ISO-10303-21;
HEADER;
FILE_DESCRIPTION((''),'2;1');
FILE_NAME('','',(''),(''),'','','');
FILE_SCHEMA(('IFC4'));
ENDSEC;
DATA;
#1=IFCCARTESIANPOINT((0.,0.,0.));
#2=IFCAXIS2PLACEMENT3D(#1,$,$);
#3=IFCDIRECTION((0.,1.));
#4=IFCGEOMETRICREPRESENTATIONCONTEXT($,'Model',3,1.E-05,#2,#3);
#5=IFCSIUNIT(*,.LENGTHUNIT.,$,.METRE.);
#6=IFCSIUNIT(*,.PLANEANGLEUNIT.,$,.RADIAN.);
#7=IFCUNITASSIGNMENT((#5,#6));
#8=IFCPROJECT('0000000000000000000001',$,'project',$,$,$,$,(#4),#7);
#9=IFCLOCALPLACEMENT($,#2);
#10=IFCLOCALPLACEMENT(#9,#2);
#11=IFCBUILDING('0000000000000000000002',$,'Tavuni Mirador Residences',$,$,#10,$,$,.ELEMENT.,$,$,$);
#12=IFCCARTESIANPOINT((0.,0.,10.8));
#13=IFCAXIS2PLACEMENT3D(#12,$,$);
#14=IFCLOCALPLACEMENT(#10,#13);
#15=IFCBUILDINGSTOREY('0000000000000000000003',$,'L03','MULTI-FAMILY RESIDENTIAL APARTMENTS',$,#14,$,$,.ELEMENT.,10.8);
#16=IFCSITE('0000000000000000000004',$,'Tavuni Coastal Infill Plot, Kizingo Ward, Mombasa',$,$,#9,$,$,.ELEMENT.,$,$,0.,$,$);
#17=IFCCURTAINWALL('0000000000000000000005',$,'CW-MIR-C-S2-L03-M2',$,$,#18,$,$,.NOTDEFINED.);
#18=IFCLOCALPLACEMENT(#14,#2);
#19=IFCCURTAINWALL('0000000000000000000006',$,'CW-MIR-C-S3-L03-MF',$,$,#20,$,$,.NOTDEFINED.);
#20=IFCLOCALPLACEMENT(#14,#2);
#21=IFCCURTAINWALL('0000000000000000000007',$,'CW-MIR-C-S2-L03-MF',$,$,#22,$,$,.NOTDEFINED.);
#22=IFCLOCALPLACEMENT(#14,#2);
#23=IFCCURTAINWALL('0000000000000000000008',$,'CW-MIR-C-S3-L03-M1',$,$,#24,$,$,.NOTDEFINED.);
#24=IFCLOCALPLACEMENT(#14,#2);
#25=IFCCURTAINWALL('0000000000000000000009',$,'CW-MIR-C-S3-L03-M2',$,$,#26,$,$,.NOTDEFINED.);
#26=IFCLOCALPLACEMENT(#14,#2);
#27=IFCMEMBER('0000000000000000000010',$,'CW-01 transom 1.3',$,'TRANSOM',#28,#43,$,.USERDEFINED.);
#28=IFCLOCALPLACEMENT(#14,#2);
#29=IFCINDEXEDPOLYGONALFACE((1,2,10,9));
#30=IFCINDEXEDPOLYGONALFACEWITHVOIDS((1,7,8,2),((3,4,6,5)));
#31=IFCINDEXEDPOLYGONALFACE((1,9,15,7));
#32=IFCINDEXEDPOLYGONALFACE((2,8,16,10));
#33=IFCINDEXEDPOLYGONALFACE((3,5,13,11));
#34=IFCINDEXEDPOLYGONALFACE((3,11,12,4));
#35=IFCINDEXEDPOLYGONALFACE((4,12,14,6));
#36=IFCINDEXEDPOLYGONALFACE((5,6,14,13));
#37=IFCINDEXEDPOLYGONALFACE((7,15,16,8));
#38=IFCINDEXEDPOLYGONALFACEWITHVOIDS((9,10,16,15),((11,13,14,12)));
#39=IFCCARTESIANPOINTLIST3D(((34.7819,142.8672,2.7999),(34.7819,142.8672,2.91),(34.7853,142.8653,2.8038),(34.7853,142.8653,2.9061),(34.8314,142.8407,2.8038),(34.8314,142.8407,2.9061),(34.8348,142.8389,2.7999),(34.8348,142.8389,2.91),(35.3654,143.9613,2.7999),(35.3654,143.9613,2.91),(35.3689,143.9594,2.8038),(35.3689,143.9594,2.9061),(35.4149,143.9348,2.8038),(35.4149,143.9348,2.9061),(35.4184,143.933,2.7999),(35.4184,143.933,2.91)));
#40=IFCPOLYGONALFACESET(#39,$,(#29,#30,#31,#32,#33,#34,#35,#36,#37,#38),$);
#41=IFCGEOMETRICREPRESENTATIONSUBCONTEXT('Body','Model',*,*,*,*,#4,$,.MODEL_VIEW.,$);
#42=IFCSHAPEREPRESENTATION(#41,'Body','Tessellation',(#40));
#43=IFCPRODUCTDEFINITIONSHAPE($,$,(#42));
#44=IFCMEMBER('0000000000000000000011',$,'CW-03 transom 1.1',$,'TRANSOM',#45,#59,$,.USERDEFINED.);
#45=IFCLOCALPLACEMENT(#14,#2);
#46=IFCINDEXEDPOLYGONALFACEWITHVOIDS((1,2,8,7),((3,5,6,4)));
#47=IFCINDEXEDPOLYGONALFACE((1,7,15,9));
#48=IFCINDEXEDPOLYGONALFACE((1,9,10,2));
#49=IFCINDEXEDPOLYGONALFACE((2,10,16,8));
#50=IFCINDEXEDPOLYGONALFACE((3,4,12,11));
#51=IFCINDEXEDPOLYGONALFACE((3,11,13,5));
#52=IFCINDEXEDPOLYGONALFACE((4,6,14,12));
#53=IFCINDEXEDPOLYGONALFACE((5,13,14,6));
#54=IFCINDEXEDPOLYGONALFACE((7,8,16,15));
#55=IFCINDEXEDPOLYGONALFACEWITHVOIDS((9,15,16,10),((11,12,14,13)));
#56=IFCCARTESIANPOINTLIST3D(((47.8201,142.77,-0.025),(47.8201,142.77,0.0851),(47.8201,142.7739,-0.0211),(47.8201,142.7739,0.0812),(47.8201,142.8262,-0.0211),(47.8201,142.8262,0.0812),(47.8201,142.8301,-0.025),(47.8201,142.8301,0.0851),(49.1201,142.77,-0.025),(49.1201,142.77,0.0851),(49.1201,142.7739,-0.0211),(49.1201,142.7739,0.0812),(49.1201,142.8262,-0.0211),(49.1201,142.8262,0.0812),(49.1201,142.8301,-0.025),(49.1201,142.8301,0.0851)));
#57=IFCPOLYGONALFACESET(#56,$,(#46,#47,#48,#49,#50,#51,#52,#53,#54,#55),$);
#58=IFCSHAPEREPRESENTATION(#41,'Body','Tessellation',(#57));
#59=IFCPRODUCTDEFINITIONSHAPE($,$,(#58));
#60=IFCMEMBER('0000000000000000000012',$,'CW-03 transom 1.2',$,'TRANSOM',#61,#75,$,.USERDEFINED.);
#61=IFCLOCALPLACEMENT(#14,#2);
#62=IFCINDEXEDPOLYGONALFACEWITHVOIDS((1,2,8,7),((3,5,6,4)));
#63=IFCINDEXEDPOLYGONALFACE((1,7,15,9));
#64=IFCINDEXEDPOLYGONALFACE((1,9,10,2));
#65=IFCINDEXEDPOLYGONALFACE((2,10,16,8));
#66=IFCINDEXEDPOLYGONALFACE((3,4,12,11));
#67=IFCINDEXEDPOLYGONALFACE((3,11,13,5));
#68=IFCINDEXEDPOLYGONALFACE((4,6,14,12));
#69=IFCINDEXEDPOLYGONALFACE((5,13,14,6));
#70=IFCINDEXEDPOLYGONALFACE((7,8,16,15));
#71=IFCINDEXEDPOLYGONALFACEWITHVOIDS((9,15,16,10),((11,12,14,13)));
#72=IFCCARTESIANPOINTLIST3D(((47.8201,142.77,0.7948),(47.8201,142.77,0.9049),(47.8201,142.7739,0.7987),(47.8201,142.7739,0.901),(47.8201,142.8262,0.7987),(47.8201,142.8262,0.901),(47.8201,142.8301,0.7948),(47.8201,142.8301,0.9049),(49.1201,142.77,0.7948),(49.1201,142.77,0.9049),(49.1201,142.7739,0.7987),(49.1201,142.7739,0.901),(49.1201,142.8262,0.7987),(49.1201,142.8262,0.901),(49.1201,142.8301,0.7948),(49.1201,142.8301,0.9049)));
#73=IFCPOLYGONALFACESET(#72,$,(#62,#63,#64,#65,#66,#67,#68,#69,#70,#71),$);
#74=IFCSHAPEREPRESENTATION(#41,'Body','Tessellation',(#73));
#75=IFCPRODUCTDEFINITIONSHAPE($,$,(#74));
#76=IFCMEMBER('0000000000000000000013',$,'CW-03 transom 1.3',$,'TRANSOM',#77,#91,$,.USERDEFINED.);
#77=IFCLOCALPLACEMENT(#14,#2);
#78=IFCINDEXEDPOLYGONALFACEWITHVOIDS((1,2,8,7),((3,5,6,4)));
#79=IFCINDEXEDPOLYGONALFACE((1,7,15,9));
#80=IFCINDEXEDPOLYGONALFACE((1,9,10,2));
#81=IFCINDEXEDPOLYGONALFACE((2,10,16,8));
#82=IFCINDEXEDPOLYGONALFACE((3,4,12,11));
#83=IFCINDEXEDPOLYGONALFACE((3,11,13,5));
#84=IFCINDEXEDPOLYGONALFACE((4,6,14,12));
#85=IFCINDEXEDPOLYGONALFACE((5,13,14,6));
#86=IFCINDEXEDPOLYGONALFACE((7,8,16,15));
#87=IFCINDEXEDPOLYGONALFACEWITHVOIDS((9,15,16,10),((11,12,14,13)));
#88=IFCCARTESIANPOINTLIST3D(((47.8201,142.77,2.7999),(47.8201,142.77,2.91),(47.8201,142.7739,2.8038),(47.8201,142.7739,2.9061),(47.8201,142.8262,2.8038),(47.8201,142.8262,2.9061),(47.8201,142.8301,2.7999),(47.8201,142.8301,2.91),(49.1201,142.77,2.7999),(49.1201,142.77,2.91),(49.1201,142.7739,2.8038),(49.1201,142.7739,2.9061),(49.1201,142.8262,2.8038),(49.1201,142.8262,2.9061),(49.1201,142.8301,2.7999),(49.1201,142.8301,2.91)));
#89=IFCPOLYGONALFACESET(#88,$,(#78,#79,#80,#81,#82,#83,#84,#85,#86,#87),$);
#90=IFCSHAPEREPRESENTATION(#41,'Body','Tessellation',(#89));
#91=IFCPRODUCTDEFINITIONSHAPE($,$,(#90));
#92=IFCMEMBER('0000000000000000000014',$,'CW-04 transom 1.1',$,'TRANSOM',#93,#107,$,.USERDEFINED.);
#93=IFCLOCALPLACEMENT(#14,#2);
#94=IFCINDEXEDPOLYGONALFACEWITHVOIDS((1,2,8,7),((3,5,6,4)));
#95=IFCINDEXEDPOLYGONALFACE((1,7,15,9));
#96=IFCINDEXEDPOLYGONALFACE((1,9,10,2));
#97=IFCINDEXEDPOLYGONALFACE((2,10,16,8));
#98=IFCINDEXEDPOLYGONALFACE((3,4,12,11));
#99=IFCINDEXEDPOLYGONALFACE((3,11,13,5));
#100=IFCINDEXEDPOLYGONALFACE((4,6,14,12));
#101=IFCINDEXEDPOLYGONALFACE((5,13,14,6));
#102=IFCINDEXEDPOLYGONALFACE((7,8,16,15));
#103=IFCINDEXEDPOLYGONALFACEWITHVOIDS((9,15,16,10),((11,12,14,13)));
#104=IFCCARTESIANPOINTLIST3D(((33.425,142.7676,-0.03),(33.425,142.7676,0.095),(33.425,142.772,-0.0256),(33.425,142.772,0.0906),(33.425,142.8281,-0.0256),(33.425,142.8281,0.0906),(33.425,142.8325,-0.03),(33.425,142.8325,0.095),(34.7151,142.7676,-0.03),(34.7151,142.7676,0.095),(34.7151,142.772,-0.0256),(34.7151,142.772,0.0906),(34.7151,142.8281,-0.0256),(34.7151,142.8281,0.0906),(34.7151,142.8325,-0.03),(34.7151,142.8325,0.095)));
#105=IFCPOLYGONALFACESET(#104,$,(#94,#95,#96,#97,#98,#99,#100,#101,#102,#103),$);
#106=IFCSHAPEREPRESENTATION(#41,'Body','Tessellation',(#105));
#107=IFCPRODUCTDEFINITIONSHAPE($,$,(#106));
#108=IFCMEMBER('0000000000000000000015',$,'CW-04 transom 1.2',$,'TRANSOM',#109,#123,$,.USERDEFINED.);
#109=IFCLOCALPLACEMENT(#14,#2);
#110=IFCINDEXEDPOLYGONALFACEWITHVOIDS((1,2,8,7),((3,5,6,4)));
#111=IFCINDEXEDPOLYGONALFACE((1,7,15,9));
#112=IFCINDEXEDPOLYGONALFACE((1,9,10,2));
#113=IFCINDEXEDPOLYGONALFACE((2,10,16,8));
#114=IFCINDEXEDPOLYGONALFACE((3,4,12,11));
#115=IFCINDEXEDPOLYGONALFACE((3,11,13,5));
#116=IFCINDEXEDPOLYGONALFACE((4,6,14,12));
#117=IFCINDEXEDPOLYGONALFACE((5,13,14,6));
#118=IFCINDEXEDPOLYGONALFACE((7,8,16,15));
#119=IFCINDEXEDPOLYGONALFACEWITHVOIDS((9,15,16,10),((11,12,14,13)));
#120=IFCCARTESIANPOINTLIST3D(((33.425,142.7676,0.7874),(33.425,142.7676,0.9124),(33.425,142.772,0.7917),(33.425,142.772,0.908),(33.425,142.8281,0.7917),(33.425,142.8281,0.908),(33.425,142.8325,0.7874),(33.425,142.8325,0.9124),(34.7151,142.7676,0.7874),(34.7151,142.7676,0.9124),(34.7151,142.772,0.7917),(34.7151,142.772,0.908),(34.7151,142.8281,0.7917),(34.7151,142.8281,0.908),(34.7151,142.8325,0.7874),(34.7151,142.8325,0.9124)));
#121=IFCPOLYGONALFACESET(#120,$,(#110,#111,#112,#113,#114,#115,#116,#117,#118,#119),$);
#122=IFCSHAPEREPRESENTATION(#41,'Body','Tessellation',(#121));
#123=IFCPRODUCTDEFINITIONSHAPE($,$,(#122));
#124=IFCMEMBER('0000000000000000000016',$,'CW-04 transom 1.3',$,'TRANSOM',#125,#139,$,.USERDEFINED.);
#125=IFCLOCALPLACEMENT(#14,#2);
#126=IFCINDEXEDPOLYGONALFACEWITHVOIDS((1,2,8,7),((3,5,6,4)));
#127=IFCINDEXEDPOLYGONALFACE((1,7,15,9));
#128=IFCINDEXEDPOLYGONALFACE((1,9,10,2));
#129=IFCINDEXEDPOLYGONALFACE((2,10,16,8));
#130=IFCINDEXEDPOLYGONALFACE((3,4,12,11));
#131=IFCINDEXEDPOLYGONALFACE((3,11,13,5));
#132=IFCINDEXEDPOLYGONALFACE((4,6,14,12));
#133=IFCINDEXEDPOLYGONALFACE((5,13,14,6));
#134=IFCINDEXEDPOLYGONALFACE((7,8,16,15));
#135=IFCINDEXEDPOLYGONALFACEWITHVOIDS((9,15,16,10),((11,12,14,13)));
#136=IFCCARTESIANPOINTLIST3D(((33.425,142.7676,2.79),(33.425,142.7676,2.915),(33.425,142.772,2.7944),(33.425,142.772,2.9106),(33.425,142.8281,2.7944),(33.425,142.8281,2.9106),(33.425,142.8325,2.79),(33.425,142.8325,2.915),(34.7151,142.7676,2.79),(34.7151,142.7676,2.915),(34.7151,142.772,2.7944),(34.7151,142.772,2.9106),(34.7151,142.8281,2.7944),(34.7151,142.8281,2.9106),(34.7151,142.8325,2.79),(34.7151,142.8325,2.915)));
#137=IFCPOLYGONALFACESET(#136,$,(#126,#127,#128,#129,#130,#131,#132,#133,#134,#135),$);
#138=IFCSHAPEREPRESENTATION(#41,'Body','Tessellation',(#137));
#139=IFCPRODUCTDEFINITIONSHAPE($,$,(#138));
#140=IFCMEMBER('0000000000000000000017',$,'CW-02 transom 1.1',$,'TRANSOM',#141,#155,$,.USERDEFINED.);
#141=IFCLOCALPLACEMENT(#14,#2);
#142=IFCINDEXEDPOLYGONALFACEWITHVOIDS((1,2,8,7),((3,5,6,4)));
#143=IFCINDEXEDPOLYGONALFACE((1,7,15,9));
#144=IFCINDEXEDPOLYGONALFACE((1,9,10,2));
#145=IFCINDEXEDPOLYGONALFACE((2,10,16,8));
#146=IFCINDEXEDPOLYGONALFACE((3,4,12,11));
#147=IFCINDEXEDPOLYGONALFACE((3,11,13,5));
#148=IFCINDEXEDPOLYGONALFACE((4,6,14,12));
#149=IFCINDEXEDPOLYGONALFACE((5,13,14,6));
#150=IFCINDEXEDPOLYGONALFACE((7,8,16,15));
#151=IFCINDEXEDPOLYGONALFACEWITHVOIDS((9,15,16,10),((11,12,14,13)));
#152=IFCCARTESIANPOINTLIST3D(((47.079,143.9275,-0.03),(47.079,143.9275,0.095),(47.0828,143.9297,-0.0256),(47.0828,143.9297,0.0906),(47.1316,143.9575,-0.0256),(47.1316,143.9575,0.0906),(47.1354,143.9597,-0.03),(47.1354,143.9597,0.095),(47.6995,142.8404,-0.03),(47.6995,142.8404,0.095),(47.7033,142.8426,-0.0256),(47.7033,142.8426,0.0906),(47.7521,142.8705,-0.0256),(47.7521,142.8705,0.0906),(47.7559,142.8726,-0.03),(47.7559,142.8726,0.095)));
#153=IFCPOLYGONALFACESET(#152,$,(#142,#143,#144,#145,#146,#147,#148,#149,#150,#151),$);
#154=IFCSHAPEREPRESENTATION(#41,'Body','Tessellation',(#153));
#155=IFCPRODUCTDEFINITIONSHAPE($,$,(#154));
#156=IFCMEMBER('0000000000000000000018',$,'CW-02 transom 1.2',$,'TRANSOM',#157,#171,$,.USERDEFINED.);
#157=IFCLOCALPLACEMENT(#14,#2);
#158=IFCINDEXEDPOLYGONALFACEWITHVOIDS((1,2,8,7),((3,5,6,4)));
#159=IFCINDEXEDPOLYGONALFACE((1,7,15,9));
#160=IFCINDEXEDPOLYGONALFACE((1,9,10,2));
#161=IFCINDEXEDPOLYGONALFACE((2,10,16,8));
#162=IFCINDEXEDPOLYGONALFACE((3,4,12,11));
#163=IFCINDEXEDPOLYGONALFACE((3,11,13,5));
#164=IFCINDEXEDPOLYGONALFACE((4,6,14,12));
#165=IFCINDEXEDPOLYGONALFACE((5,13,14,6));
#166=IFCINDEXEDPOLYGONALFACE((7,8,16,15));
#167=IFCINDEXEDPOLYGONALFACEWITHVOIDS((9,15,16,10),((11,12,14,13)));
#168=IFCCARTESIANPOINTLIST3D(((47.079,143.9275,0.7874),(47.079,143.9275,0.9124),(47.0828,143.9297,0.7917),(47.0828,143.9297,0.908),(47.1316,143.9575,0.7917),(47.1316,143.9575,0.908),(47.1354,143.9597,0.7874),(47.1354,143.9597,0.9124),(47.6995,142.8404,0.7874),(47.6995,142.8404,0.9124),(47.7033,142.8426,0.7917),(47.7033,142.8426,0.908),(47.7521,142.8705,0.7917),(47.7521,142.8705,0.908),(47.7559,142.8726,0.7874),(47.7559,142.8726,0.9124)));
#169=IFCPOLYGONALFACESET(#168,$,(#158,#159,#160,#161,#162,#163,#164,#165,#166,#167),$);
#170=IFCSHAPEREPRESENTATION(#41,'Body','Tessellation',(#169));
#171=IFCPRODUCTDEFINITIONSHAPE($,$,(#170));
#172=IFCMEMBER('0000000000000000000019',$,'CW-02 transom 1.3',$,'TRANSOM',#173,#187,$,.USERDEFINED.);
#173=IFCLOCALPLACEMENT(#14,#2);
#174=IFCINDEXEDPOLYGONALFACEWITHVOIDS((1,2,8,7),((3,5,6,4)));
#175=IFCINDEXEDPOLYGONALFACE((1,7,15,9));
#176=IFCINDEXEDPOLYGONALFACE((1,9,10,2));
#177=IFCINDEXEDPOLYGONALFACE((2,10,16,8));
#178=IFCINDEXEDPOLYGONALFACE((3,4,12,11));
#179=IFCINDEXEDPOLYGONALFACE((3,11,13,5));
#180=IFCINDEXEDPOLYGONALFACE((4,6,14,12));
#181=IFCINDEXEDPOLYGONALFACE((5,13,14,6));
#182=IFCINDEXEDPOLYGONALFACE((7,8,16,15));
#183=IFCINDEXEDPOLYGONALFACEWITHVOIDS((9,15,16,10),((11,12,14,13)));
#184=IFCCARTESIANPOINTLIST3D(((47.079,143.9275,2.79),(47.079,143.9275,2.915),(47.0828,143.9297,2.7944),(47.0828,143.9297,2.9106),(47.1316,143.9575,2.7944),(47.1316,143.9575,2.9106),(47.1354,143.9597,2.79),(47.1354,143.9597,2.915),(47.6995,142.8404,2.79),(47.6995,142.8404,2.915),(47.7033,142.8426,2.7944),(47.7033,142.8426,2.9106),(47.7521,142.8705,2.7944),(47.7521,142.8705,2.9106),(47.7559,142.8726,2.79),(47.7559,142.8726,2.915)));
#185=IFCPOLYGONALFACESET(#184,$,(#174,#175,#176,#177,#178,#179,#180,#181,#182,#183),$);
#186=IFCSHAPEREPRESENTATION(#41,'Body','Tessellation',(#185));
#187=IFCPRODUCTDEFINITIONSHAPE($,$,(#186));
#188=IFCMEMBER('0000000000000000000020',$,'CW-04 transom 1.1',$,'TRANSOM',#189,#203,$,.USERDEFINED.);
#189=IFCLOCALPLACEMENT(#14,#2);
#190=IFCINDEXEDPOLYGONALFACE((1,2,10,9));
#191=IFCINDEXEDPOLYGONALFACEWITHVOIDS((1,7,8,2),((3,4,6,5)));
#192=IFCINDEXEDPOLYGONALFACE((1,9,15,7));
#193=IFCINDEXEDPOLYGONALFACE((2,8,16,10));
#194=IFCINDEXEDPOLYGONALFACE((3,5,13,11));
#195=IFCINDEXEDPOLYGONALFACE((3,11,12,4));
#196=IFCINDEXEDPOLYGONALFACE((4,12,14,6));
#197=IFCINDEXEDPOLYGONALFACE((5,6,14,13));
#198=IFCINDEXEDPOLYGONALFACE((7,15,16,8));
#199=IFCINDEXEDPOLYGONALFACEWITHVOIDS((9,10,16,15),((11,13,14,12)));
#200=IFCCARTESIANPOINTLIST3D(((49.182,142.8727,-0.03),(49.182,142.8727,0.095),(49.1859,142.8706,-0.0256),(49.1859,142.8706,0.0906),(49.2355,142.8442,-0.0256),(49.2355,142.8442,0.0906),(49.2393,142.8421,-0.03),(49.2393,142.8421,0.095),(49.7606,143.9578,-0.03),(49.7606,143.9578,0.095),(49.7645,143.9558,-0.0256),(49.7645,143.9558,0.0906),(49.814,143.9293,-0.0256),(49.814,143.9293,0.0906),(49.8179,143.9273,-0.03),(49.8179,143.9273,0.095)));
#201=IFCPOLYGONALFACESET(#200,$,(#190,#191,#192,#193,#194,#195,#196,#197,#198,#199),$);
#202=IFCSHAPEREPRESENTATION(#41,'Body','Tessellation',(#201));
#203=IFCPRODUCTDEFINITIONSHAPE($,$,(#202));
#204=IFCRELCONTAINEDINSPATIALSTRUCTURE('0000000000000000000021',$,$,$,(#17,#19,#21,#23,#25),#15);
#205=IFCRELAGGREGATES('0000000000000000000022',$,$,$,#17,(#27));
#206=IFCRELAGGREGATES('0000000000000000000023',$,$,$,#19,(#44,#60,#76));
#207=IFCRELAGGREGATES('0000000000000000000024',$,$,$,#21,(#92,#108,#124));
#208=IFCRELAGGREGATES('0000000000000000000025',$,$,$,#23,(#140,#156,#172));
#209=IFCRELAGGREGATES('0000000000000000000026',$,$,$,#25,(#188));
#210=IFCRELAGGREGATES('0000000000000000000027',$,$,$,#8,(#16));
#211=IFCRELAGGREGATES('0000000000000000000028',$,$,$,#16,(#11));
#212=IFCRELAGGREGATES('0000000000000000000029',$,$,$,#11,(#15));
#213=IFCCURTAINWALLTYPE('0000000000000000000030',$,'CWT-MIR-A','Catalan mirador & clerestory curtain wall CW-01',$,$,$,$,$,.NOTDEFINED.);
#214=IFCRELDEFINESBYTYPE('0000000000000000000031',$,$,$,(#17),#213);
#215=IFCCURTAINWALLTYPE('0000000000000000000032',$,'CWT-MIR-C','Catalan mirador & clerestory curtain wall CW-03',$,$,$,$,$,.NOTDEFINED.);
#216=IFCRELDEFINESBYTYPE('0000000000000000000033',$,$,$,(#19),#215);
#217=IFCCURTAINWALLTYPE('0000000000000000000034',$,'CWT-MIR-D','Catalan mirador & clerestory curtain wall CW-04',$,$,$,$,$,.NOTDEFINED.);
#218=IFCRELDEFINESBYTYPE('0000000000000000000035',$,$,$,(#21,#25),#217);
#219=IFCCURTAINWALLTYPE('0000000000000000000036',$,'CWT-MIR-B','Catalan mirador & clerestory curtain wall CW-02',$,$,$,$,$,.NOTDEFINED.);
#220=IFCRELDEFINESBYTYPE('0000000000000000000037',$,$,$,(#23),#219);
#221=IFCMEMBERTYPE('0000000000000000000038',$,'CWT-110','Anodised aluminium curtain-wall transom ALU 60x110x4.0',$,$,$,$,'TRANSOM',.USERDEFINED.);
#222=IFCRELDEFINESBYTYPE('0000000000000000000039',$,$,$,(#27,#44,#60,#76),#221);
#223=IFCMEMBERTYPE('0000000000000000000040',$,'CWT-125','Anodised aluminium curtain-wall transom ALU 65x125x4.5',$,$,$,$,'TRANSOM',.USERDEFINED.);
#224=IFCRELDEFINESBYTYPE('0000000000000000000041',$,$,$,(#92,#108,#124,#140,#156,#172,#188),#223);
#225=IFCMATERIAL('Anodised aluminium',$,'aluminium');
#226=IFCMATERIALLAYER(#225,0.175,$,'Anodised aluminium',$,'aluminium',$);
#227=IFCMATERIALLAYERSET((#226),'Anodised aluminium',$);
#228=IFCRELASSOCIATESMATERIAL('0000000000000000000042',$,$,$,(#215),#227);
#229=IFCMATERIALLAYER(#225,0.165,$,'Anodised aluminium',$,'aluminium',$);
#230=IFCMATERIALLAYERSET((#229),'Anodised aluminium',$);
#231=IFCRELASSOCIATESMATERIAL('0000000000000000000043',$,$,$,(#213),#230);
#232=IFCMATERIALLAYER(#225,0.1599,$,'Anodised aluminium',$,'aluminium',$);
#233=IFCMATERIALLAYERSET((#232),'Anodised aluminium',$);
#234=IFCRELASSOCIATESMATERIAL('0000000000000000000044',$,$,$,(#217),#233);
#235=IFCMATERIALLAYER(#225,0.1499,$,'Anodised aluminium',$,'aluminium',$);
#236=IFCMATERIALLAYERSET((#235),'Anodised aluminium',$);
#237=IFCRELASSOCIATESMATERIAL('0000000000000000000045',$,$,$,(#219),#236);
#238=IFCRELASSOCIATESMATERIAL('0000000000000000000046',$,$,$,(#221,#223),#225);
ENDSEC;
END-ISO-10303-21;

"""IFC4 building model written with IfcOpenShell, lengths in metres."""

from ifc_helpers import new_model, si_unit, direction, frame, origin, origin_2d, place, context, subcontext, project, spatial, hollow_rectangle, extrude, material, layer, layer_set, material_profile, profile_set, type_object, element, aggregate, save


model = new_model("IFC4")

# Units and contexts
model_context = context("Model", 3, precision=1e-05, world=origin(), true_north=direction((0.0, 1.0)))
body_context = subcontext(model_context, "Body", "Model", "MODEL_VIEW")
ifc_project = project(units=[si_unit("LENGTHUNIT", "METRE"), si_unit("PLANEANGLEUNIT", "RADIAN")], contexts=[model_context])

# Site, building, storey
site_placement = place(None, origin())
site = spatial("IfcSite", under=ifc_project, at=site_placement, Name="Tavuni Coastal Infill Plot, Kizingo Ward, Mombasa", CompositionType="ELEMENT", RefElevation=0.0)
building_placement = place(site_placement, origin())
building = spatial("IfcBuilding", under=site, at=building_placement, Name="Tavuni Mirador Residences", CompositionType="ELEMENT")
storey_placement = place(building_placement, frame((0.0, 0.0, 10.8)))
storey = spatial("IfcBuildingStorey", under=building, at=storey_placement, Name="L03", Description="MULTI-FAMILY RESIDENTIAL APARTMENTS", CompositionType="ELEMENT", Elevation=10.8)

# Curtain wall
ifc_material_1 = material(Name="Anodised aluminium", Category="aluminium")
ifc_layer_1 = layer(ifc_material_1, 0.175, Name="Anodised aluminium", Category="aluminium")
ifc_layer_set_1 = layer_set([ifc_layer_1], Name="Anodised aluminium")
curtain_wall_type_1 = type_object("IfcCurtainWallType", Name="CWT-MIR-C", Description="Catalan mirador & clerestory curtain wall CW-03", PredefinedType="NOTDEFINED", material=ifc_layer_set_1)
ifc_layer_2 = layer(ifc_material_1, 0.165, Name="Anodised aluminium", Category="aluminium")
ifc_layer_set_2 = layer_set([ifc_layer_2], Name="Anodised aluminium")
curtain_wall_type_2 = type_object("IfcCurtainWallType", Name="CWT-MIR-A", Description="Catalan mirador & clerestory curtain wall CW-01", PredefinedType="NOTDEFINED", material=ifc_layer_set_2)
curtain_wall_1_placement = place(storey_placement, origin())
curtain_wall_1 = element("IfcCurtainWall", 1, at=curtain_wall_1_placement, inside=storey, type_object=curtain_wall_type_2, Name="CW-MIR-C-S2-L03-M2", PredefinedType="NOTDEFINED")

# Curtain walls
curtain_wall_2_placement = place(storey_placement, origin())
curtain_wall_2 = element("IfcCurtainWall", 2, at=curtain_wall_2_placement, inside=storey, type_object=curtain_wall_type_1, Name="CW-MIR-C-S3-L03-MF", PredefinedType="NOTDEFINED")
ifc_layer_3 = layer(ifc_material_1, 0.1599, Name="Anodised aluminium", Category="aluminium")
ifc_layer_set_3 = layer_set([ifc_layer_3], Name="Anodised aluminium")
curtain_wall_type_3 = type_object("IfcCurtainWallType", Name="CWT-MIR-D", Description="Catalan mirador & clerestory curtain wall CW-04", PredefinedType="NOTDEFINED", material=ifc_layer_set_3)
curtain_wall_3_placement = place(storey_placement, origin())
curtain_wall_3 = element("IfcCurtainWall", 3, at=curtain_wall_3_placement, inside=storey, type_object=curtain_wall_type_3, Name="CW-MIR-C-S2-L03-MF", PredefinedType="NOTDEFINED")

# Curtain wall
ifc_layer_4 = layer(ifc_material_1, 0.1499, Name="Anodised aluminium", Category="aluminium")
ifc_layer_set_4 = layer_set([ifc_layer_4], Name="Anodised aluminium")
curtain_wall_type_4 = type_object("IfcCurtainWallType", Name="CWT-MIR-B", Description="Catalan mirador & clerestory curtain wall CW-02", PredefinedType="NOTDEFINED", material=ifc_layer_set_4)
curtain_wall_4_placement = place(storey_placement, origin())
curtain_wall_4 = element("IfcCurtainWall", 4, at=curtain_wall_4_placement, inside=storey, type_object=curtain_wall_type_4, Name="CW-MIR-C-S3-L03-M1", PredefinedType="NOTDEFINED")

# Curtain wall
curtain_wall_5_placement = place(storey_placement, origin())
curtain_wall_5 = element("IfcCurtainWall", 5, at=curtain_wall_5_placement, inside=storey, type_object=curtain_wall_type_3, Name="CW-MIR-C-S3-L03-M2", PredefinedType="NOTDEFINED")

# Members
ifc_material_profile_1 = material_profile(ifc_material_1, hollow_rectangle(XDim=0.0601, YDim=0.1101, WallThickness=0.0039, at=origin_2d()), Name="ALU 60x110x4.0", Category="aluminium")
ifc_profile_set_1 = profile_set([ifc_material_profile_1], Name="Anodised aluminium")
member_type_1 = type_object("IfcMemberType", Name="CWT-110", Description="Anodised aluminium curtain-wall transom ALU 60x110x4.0", ElementType="TRANSOM", PredefinedType="USERDEFINED", material=ifc_profile_set_1)
member_1_placement = place(storey_placement, frame((34.8083, 142.853, 2.855), z_axis=(0.470609, 0.882342, 0.0), x_axis=(-0.882342, 0.470609, 0.0)))
member_1 = element("IfcMember", 6, at=member_1_placement, type_object=member_type_1, Name="CW-01 transom 1.3", ObjectType="TRANSOM", PredefinedType="USERDEFINED", context=body_context, shape_type="SweptSolid", body=[
    extrude(hollow_rectangle(XDim=0.0601, YDim=0.1101, WallThickness=0.0039, at=origin_2d()), origin(), (0.0, 0.0, 1.0), 1.24),
])
member_2_placement = place(storey_placement, frame((47.8201, 142.8, 0.03), z_axis=(1.0, 0.0, 0.0), x_axis=(0.0, 1.0, 0.0)))
member_2 = element("IfcMember", 7, at=member_2_placement, type_object=member_type_1, Name="CW-03 transom 1.1", ObjectType="TRANSOM", PredefinedType="USERDEFINED", context=body_context, shape_type="SweptSolid", body=[
    extrude(hollow_rectangle(XDim=0.0601, YDim=0.1101, WallThickness=0.0039, at=origin_2d()), origin(), (0.0, 0.0, 1.0), 1.3),
])
member_3_placement = place(storey_placement, frame((47.8201, 142.8, 0.8499), z_axis=(1.0, 0.0, 0.0), x_axis=(0.0, 1.0, 0.0)))
member_3 = element("IfcMember", 8, at=member_3_placement, type_object=member_type_1, Name="CW-03 transom 1.2", ObjectType="TRANSOM", PredefinedType="USERDEFINED", context=body_context, shape_type="SweptSolid", body=[
    extrude(hollow_rectangle(XDim=0.0601, YDim=0.1101, WallThickness=0.0039, at=origin_2d()), origin(), (0.0, 0.0, 1.0), 1.3),
])
member_4_placement = place(storey_placement, frame((47.8201, 142.8, 2.855), z_axis=(1.0, 0.0, 0.0), x_axis=(0.0, 1.0, 0.0)))
member_4 = element("IfcMember", 9, at=member_4_placement, type_object=member_type_1, Name="CW-03 transom 1.3", ObjectType="TRANSOM", PredefinedType="USERDEFINED", context=body_context, shape_type="SweptSolid", body=[
    extrude(hollow_rectangle(XDim=0.0601, YDim=0.1101, WallThickness=0.0039, at=origin_2d()), origin(), (0.0, 0.0, 1.0), 1.3),
])
ifc_material_profile_2 = material_profile(ifc_material_1, hollow_rectangle(XDim=0.0649, YDim=0.125, WallThickness=0.0044, at=origin_2d()), Name="ALU 65x125x4.5", Category="aluminium")
ifc_profile_set_2 = profile_set([ifc_material_profile_2], Name="Anodised aluminium")
member_type_2 = type_object("IfcMemberType", Name="CWT-125", Description="Anodised aluminium curtain-wall transom ALU 65x125x4.5", ElementType="TRANSOM", PredefinedType="USERDEFINED", material=ifc_profile_set_2)
member_5_placement = place(storey_placement, frame((33.425, 142.8, 0.0325), z_axis=(1.0, 0.0, 0.0), x_axis=(0.0, 1.0, 0.0)))
member_5 = element("IfcMember", 10, at=member_5_placement, type_object=member_type_2, Name="CW-04 transom 1.1", ObjectType="TRANSOM", PredefinedType="USERDEFINED", context=body_context, shape_type="SweptSolid", body=[
    extrude(hollow_rectangle(XDim=0.0649, YDim=0.125, WallThickness=0.0044, at=origin_2d()), origin(), (0.0, 0.0, 1.0), 1.29),
])
member_6_placement = place(storey_placement, frame((33.425, 142.8, 0.8499), z_axis=(1.0, 0.0, 0.0), x_axis=(0.0, 1.0, 0.0)))
member_6 = element("IfcMember", 11, at=member_6_placement, type_object=member_type_2, Name="CW-04 transom 1.2", ObjectType="TRANSOM", PredefinedType="USERDEFINED", context=body_context, shape_type="SweptSolid", body=[
    extrude(hollow_rectangle(XDim=0.0649, YDim=0.125, WallThickness=0.0044, at=origin_2d()), origin(), (0.0, 0.0, 1.0), 1.29),
])
member_7_placement = place(storey_placement, frame((33.425, 142.8, 2.8525), z_axis=(1.0, 0.0, 0.0), x_axis=(0.0, 1.0, 0.0)))
member_7 = element("IfcMember", 12, at=member_7_placement, type_object=member_type_2, Name="CW-04 transom 1.3", ObjectType="TRANSOM", PredefinedType="USERDEFINED", context=body_context, shape_type="SweptSolid", body=[
    extrude(hollow_rectangle(XDim=0.0649, YDim=0.125, WallThickness=0.0044, at=origin_2d()), origin(), (0.0, 0.0, 1.0), 1.29),
])
member_8_placement = place(storey_placement, frame((47.1072, 143.9436, 0.0325), z_axis=(0.495761, -0.868459, 0.0), x_axis=(0.868459, 0.495761, 0.0)))
member_8 = element("IfcMember", 13, at=member_8_placement, type_object=member_type_2, Name="CW-02 transom 1.1", ObjectType="TRANSOM", PredefinedType="USERDEFINED", context=body_context, shape_type="SweptSolid", body=[
    extrude(hollow_rectangle(XDim=0.0649, YDim=0.125, WallThickness=0.0044, at=origin_2d()), origin(), (0.0, 0.0, 1.0), 1.2517),
])
member_9_placement = place(storey_placement, frame((47.1072, 143.9436, 0.8499), z_axis=(0.495761, -0.868459, 0.0), x_axis=(0.868459, 0.495761, 0.0)))
member_9 = element("IfcMember", 14, at=member_9_placement, type_object=member_type_2, Name="CW-02 transom 1.2", ObjectType="TRANSOM", PredefinedType="USERDEFINED", context=body_context, shape_type="SweptSolid", body=[
    extrude(hollow_rectangle(XDim=0.0649, YDim=0.125, WallThickness=0.0044, at=origin_2d()), origin(), (0.0, 0.0, 1.0), 1.2517),
])
member_10_placement = place(storey_placement, frame((47.1072, 143.9436, 2.8525), z_axis=(0.495761, -0.868459, 0.0), x_axis=(0.868459, 0.495761, 0.0)))
member_10 = element("IfcMember", 15, at=member_10_placement, type_object=member_type_2, Name="CW-02 transom 1.3", ObjectType="TRANSOM", PredefinedType="USERDEFINED", context=body_context, shape_type="SweptSolid", body=[
    extrude(hollow_rectangle(XDim=0.0649, YDim=0.125, WallThickness=0.0044, at=origin_2d()), origin(), (0.0, 0.0, 1.0), 1.2517),
])
member_11_placement = place(storey_placement, frame((49.2107, 142.8574, 0.0325), z_axis=(0.470485, 0.882408, 0.0), x_axis=(-0.882408, 0.470485, 0.0)))
member_11 = element("IfcMember", 16, at=member_11_placement, type_object=member_type_2, Name="CW-04 transom 1.1", ObjectType="TRANSOM", PredefinedType="USERDEFINED", context=body_context, shape_type="SweptSolid", body=[
    extrude(hollow_rectangle(XDim=0.0649, YDim=0.125, WallThickness=0.0044, at=origin_2d()), origin(), (0.0, 0.0, 1.0), 1.2297),
])

aggregate(curtain_wall_1, [member_1])
aggregate(curtain_wall_2, [member_2, member_3, member_4])
aggregate(curtain_wall_3, [member_5, member_6, member_7])
aggregate(curtain_wall_4, [member_8, member_9, member_10])
aggregate(curtain_wall_5, [member_11])

save(model, "model.ifc")
